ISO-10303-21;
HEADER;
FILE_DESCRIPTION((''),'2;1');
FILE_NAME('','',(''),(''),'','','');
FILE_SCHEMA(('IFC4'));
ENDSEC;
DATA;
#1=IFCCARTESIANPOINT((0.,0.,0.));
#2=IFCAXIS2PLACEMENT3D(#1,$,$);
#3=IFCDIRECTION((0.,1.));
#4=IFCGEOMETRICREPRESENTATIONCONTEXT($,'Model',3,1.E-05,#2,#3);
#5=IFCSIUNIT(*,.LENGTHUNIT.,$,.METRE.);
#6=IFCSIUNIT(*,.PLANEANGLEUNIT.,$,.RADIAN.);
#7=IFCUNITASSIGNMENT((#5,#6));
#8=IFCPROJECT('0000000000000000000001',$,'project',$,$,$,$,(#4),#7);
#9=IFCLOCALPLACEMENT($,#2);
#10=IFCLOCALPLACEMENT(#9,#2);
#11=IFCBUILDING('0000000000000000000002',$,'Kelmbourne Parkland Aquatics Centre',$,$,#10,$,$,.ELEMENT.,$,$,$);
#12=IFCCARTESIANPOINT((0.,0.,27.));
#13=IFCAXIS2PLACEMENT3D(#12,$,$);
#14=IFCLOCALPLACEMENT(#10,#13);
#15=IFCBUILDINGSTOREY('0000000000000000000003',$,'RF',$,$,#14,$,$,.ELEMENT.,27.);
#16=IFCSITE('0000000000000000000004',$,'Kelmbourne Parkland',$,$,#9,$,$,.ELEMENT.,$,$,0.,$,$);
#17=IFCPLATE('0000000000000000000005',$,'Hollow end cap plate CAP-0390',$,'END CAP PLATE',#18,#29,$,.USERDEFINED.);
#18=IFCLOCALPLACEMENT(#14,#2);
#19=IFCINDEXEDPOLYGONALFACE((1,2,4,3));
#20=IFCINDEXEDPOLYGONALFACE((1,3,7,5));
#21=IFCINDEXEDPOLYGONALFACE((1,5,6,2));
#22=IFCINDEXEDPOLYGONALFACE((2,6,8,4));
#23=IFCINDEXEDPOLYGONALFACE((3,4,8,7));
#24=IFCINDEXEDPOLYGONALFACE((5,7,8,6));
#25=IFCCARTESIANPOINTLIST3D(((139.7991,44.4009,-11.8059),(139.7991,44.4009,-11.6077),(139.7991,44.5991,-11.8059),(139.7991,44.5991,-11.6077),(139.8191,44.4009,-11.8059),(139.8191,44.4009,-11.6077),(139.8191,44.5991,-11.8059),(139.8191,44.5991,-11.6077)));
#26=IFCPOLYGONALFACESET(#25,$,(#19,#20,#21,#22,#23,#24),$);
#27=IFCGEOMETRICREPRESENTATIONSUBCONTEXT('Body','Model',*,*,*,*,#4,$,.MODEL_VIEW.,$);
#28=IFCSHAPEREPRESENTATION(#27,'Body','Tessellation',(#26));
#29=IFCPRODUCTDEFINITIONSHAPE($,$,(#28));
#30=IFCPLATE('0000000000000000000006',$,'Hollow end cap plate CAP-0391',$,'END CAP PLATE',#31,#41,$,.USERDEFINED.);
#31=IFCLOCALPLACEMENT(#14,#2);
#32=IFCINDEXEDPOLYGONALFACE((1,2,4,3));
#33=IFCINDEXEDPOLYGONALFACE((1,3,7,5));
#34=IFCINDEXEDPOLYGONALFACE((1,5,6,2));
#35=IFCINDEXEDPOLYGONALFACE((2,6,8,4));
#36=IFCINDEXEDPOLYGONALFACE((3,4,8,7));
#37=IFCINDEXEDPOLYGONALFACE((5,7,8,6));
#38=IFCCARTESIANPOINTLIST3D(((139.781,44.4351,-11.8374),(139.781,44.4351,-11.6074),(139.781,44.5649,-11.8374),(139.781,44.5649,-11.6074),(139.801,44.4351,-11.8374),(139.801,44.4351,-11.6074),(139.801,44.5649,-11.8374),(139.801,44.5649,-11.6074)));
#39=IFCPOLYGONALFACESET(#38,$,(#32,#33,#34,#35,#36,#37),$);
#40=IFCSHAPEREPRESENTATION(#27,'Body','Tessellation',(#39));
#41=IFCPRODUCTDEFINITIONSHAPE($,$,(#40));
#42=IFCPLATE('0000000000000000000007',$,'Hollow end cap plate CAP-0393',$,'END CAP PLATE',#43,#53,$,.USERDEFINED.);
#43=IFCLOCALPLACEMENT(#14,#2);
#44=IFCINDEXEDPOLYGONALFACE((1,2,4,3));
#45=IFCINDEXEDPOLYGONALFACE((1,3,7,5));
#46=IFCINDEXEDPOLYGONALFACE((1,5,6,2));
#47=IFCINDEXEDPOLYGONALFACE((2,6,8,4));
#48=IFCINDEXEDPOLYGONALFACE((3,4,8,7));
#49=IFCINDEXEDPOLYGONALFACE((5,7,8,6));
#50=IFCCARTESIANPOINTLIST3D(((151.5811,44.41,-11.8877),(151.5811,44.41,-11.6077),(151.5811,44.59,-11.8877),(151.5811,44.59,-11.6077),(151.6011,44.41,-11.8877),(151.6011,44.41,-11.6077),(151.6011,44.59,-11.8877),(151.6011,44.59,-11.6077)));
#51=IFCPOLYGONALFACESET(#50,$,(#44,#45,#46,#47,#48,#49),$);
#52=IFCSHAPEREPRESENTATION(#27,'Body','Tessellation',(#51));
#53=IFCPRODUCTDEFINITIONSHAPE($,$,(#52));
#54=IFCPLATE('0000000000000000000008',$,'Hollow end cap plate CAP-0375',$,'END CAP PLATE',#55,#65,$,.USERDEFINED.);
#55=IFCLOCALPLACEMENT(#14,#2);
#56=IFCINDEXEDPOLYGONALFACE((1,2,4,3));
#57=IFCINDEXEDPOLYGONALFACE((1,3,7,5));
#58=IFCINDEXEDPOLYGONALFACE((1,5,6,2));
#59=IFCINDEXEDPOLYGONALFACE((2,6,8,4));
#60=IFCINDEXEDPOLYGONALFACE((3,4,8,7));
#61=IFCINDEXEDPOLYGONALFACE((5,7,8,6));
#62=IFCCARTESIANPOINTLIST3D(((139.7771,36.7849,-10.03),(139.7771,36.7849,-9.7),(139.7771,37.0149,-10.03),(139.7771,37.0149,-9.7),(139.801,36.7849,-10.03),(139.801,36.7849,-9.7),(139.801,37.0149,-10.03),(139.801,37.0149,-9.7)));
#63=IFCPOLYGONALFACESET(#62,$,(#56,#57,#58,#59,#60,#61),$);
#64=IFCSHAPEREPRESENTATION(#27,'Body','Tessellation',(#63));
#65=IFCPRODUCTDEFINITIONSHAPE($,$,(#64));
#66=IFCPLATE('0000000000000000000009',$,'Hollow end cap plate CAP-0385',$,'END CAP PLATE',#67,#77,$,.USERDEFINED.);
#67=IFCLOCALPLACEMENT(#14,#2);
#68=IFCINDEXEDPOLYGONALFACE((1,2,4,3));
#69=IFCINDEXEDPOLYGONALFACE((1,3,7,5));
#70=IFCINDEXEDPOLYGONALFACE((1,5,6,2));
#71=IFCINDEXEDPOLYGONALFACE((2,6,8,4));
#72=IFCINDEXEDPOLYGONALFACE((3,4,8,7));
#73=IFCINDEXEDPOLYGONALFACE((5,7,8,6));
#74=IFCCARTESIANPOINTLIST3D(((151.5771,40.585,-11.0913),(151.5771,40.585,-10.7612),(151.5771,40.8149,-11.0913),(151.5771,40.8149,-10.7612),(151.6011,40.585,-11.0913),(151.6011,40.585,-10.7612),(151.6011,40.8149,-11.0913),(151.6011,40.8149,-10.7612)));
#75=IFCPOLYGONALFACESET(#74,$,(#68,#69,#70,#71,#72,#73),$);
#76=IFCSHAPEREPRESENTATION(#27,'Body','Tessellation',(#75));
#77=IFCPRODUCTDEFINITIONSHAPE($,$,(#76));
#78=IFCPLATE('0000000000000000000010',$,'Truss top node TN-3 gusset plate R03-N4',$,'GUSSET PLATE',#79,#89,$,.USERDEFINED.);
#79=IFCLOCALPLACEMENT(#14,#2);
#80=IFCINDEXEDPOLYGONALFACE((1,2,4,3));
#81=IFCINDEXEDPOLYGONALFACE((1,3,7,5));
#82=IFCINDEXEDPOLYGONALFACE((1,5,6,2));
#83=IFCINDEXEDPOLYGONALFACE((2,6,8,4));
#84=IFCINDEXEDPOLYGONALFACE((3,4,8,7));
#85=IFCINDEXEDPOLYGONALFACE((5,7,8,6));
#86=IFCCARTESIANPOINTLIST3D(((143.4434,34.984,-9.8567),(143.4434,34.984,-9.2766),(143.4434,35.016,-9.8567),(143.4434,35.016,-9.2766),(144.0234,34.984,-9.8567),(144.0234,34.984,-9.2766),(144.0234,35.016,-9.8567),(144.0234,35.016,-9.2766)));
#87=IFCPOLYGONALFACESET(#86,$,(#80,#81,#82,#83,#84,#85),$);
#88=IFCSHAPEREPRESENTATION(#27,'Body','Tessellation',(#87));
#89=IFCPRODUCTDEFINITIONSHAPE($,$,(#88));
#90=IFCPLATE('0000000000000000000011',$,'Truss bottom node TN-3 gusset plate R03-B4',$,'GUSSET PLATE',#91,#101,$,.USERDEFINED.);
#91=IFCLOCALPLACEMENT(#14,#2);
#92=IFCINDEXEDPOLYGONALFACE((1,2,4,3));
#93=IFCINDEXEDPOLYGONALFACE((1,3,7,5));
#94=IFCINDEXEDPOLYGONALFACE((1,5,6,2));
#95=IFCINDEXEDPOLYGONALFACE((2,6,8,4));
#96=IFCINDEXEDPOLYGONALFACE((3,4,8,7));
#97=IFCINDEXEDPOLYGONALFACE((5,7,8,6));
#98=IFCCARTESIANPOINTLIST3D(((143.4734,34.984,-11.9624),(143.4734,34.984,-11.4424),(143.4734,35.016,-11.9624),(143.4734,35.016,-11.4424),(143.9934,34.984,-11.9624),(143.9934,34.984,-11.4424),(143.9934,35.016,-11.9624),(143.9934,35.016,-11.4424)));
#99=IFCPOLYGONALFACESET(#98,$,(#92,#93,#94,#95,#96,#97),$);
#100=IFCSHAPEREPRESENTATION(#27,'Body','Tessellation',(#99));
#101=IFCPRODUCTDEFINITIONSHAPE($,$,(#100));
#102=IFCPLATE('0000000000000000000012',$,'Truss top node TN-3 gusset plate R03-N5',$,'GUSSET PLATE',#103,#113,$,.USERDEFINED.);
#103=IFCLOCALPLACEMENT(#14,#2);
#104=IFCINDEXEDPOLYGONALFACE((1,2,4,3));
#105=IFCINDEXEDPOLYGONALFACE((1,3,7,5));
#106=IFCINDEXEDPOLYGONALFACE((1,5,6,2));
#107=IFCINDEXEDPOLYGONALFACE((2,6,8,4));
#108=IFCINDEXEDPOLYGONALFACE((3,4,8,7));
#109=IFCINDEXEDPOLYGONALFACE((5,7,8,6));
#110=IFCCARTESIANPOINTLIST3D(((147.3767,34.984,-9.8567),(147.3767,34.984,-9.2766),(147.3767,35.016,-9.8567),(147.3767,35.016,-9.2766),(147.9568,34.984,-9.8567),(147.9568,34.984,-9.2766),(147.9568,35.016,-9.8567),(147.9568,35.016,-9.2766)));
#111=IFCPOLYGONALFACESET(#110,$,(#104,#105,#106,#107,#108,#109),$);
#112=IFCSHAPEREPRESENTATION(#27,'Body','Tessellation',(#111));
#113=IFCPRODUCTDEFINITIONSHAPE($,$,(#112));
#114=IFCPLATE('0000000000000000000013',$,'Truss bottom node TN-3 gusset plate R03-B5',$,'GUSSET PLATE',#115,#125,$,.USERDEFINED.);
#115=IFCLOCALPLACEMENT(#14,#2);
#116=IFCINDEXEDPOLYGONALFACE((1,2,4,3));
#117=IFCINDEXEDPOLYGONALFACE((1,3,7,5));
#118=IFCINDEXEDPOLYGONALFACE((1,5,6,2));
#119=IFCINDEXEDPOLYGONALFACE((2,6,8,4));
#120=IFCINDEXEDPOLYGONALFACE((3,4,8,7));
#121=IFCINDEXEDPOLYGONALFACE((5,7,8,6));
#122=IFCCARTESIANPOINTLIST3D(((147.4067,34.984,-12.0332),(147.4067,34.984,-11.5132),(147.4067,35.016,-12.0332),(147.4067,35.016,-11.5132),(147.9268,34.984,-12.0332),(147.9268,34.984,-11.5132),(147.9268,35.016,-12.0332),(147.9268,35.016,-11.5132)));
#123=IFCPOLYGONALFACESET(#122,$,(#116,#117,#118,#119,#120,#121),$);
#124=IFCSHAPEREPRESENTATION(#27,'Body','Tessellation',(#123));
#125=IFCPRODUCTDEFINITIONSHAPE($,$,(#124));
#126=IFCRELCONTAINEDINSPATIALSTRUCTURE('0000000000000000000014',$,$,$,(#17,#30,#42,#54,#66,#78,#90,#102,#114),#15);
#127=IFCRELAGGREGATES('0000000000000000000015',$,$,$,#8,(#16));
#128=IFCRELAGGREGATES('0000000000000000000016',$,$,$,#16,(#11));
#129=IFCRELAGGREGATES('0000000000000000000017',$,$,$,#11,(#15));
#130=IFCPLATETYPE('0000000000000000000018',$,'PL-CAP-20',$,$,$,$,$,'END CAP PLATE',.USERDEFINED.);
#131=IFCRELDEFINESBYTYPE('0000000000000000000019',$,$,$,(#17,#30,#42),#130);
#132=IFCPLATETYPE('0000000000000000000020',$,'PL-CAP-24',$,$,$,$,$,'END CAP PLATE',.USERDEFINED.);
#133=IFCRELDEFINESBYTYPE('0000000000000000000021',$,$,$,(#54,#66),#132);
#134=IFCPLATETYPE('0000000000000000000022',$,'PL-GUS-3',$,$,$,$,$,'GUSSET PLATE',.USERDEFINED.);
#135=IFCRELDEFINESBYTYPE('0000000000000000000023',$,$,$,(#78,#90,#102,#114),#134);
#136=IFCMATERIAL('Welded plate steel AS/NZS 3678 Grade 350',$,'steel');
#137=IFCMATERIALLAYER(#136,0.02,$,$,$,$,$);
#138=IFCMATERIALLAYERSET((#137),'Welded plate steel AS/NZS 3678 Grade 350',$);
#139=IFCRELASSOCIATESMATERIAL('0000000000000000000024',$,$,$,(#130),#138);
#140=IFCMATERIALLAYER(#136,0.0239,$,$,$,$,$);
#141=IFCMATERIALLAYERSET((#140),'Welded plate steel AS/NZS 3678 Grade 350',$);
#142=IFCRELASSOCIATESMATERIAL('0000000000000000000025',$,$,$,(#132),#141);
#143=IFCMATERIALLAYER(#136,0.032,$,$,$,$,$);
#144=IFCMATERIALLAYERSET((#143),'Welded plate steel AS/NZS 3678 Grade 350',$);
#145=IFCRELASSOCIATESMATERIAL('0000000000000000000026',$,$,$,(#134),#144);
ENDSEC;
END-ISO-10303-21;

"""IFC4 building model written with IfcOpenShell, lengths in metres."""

from ifc_helpers import new_model, si_unit, direction, frame, origin, origin_2d, place, context, subcontext, project, spatial, rectangle, extrude, material, layer, layer_set, type_object, element, save


model = new_model("IFC4")

# Units and contexts
model_context = context("Model", 3, precision=1e-05, world=origin(), true_north=direction((0.0, 1.0)))
body_context = subcontext(model_context, "Body", "Model", "MODEL_VIEW")
ifc_project = project(units=[si_unit("LENGTHUNIT", "METRE"), si_unit("PLANEANGLEUNIT", "RADIAN")], contexts=[model_context])

# Site, building, storey
site_placement = place(None, origin())
site = spatial("IfcSite", under=ifc_project, at=site_placement, Name="Kelmbourne Parkland", CompositionType="ELEMENT", RefElevation=0.0)
building_placement = place(site_placement, origin())
building = spatial("IfcBuilding", under=site, at=building_placement, Name="Kelmbourne Parkland Aquatics Centre", CompositionType="ELEMENT")
storey_placement = place(building_placement, frame((0.0, 0.0, 27.0)))
storey = spatial("IfcBuildingStorey", under=building, at=storey_placement, Name="RF", CompositionType="ELEMENT", Elevation=27.0)

# Shared definitions
ifc_material_1 = material(Name="Welded plate steel AS/NZS 3678 Grade 350", Category="steel")

# Plates
ifc_layer_1 = layer(ifc_material_1, 0.02)
ifc_layer_set_1 = layer_set([ifc_layer_1], Name="Welded plate steel AS/NZS 3678 Grade 350")
plate_type_1 = type_object("IfcPlateType", Name="PL-CAP-20", ElementType="END CAP PLATE", PredefinedType="USERDEFINED", material=ifc_layer_set_1)
plate_1_placement = place(storey_placement, frame((139.8091, 44.5, -11.8059), z_axis=(0.0, 0.0, 1.0), x_axis=(1.0, 0.0, 0.0)))
element("IfcPlate", 1, at=plate_1_placement, inside=storey, type_object=plate_type_1, Name="Hollow end cap plate CAP-0390", ObjectType="END CAP PLATE", PredefinedType="USERDEFINED", context=body_context, shape_type="SweptSolid", body=[
    extrude(rectangle(XDim=0.02, YDim=0.1982, at=origin_2d()), origin(), (0.0, 0.0, 1.0), 0.1982),
])
plate_2_placement = place(storey_placement, frame((139.791, 44.5, -11.8374), z_axis=(0.0, 0.0, 1.0), x_axis=(-1.0, 0.0, 0.0)))
element("IfcPlate", 2, at=plate_2_placement, inside=storey, type_object=plate_type_1, Name="Hollow end cap plate CAP-0391", ObjectType="END CAP PLATE", PredefinedType="USERDEFINED", context=body_context, shape_type="SweptSolid", body=[
    extrude(rectangle(XDim=0.02, YDim=0.1299, at=origin_2d()), origin(), (0.0, 0.0, 1.0), 0.23),
])
plate_3_placement = place(storey_placement, frame((151.5911, 44.5, -11.8877), z_axis=(0.0, 0.0, 1.0), x_axis=(-1.0, 0.0, 0.0)))
element("IfcPlate", 3, at=plate_3_placement, inside=storey, type_object=plate_type_1, Name="Hollow end cap plate CAP-0393", ObjectType="END CAP PLATE", PredefinedType="USERDEFINED", context=body_context, shape_type="SweptSolid", body=[
    extrude(rectangle(XDim=0.02, YDim=0.1799, at=origin_2d()), origin(), (0.0, 0.0, 1.0), 0.28),
])
ifc_layer_2 = layer(ifc_material_1, 0.0239)
ifc_layer_set_2 = layer_set([ifc_layer_2], Name="Welded plate steel AS/NZS 3678 Grade 350")
plate_type_2 = type_object("IfcPlateType", Name="PL-CAP-24", ElementType="END CAP PLATE", PredefinedType="USERDEFINED", material=ifc_layer_set_2)
for number, where, z_axis, x_axis, name in (
    (4, (139.7891, 36.8999, -10.03), (0.0, 0.0, 1.0), (-1.0, 0.0, 0.0), "Hollow end cap plate CAP-0375"),
    (5, (151.5891, 40.7, -11.0913), (0.0, 0.0, 1.0), (-1.0, 0.0, 0.0), "Hollow end cap plate CAP-0385"),
):
    element("IfcPlate", number, at=place(storey_placement, frame(where, z_axis=z_axis, x_axis=x_axis)), inside=storey, type_object=plate_type_2, Name=name, ObjectType="END CAP PLATE", PredefinedType="USERDEFINED", context=body_context, shape_type="SweptSolid", body=[
        extrude(rectangle(XDim=0.0239, YDim=0.23, at=origin_2d()), origin(), (0.0, 0.0, 1.0), 0.3301),
    ])
ifc_layer_3 = layer(ifc_material_1, 0.032)
ifc_layer_set_3 = layer_set([ifc_layer_3], Name="Welded plate steel AS/NZS 3678 Grade 350")
plate_type_3 = type_object("IfcPlateType", Name="PL-GUS-3", ElementType="GUSSET PLATE", PredefinedType="USERDEFINED", material=ifc_layer_set_3)
plate_4_placement = place(storey_placement, frame((143.7334, 35.0, -9.8567), z_axis=(0.0, 0.0, 1.0), x_axis=(1.0, 0.0, 0.0)))
element("IfcPlate", 6, at=plate_4_placement, inside=storey, type_object=plate_type_3, Name="Truss top node TN-3 gusset plate R03-N4", ObjectType="GUSSET PLATE", PredefinedType="USERDEFINED", context=body_context, shape_type="SweptSolid", body=[
    extrude(rectangle(XDim=0.5801, YDim=0.032, at=origin_2d()), origin(), (0.0, 0.0, 1.0), 0.5801),
])
plate_5_placement = place(storey_placement, frame((143.7334, 35.0, -11.9624), z_axis=(0.0, 0.0, 1.0), x_axis=(1.0, 0.0, 0.0)))
element("IfcPlate", 7, at=plate_5_placement, inside=storey, type_object=plate_type_3, Name="Truss bottom node TN-3 gusset plate R03-B4", ObjectType="GUSSET PLATE", PredefinedType="USERDEFINED", context=body_context, shape_type="SweptSolid", body=[
    extrude(rectangle(XDim=0.52, YDim=0.032, at=origin_2d()), origin(), (0.0, 0.0, 1.0), 0.52),
])
plate_6_placement = place(storey_placement, frame((147.6667, 35.0, -9.8567), z_axis=(0.0, 0.0, 1.0), x_axis=(1.0, 0.0, 0.0)))
element("IfcPlate", 8, at=plate_6_placement, inside=storey, type_object=plate_type_3, Name="Truss top node TN-3 gusset plate R03-N5", ObjectType="GUSSET PLATE", PredefinedType="USERDEFINED", context=body_context, shape_type="SweptSolid", body=[
    extrude(rectangle(XDim=0.5801, YDim=0.032, at=origin_2d()), origin(), (0.0, 0.0, 1.0), 0.5801),
])
plate_7_placement = place(storey_placement, frame((147.6667, 35.0, -12.0332), z_axis=(0.0, 0.0, 1.0), x_axis=(1.0, 0.0, 0.0)))
element("IfcPlate", 9, at=plate_7_placement, inside=storey, type_object=plate_type_3, Name="Truss bottom node TN-3 gusset plate R03-B5", ObjectType="GUSSET PLATE", PredefinedType="USERDEFINED", context=body_context, shape_type="SweptSolid", body=[
    extrude(rectangle(XDim=0.52, YDim=0.032, at=origin_2d()), origin(), (0.0, 0.0, 1.0), 0.52),
])

save(model, "model.ifc")
